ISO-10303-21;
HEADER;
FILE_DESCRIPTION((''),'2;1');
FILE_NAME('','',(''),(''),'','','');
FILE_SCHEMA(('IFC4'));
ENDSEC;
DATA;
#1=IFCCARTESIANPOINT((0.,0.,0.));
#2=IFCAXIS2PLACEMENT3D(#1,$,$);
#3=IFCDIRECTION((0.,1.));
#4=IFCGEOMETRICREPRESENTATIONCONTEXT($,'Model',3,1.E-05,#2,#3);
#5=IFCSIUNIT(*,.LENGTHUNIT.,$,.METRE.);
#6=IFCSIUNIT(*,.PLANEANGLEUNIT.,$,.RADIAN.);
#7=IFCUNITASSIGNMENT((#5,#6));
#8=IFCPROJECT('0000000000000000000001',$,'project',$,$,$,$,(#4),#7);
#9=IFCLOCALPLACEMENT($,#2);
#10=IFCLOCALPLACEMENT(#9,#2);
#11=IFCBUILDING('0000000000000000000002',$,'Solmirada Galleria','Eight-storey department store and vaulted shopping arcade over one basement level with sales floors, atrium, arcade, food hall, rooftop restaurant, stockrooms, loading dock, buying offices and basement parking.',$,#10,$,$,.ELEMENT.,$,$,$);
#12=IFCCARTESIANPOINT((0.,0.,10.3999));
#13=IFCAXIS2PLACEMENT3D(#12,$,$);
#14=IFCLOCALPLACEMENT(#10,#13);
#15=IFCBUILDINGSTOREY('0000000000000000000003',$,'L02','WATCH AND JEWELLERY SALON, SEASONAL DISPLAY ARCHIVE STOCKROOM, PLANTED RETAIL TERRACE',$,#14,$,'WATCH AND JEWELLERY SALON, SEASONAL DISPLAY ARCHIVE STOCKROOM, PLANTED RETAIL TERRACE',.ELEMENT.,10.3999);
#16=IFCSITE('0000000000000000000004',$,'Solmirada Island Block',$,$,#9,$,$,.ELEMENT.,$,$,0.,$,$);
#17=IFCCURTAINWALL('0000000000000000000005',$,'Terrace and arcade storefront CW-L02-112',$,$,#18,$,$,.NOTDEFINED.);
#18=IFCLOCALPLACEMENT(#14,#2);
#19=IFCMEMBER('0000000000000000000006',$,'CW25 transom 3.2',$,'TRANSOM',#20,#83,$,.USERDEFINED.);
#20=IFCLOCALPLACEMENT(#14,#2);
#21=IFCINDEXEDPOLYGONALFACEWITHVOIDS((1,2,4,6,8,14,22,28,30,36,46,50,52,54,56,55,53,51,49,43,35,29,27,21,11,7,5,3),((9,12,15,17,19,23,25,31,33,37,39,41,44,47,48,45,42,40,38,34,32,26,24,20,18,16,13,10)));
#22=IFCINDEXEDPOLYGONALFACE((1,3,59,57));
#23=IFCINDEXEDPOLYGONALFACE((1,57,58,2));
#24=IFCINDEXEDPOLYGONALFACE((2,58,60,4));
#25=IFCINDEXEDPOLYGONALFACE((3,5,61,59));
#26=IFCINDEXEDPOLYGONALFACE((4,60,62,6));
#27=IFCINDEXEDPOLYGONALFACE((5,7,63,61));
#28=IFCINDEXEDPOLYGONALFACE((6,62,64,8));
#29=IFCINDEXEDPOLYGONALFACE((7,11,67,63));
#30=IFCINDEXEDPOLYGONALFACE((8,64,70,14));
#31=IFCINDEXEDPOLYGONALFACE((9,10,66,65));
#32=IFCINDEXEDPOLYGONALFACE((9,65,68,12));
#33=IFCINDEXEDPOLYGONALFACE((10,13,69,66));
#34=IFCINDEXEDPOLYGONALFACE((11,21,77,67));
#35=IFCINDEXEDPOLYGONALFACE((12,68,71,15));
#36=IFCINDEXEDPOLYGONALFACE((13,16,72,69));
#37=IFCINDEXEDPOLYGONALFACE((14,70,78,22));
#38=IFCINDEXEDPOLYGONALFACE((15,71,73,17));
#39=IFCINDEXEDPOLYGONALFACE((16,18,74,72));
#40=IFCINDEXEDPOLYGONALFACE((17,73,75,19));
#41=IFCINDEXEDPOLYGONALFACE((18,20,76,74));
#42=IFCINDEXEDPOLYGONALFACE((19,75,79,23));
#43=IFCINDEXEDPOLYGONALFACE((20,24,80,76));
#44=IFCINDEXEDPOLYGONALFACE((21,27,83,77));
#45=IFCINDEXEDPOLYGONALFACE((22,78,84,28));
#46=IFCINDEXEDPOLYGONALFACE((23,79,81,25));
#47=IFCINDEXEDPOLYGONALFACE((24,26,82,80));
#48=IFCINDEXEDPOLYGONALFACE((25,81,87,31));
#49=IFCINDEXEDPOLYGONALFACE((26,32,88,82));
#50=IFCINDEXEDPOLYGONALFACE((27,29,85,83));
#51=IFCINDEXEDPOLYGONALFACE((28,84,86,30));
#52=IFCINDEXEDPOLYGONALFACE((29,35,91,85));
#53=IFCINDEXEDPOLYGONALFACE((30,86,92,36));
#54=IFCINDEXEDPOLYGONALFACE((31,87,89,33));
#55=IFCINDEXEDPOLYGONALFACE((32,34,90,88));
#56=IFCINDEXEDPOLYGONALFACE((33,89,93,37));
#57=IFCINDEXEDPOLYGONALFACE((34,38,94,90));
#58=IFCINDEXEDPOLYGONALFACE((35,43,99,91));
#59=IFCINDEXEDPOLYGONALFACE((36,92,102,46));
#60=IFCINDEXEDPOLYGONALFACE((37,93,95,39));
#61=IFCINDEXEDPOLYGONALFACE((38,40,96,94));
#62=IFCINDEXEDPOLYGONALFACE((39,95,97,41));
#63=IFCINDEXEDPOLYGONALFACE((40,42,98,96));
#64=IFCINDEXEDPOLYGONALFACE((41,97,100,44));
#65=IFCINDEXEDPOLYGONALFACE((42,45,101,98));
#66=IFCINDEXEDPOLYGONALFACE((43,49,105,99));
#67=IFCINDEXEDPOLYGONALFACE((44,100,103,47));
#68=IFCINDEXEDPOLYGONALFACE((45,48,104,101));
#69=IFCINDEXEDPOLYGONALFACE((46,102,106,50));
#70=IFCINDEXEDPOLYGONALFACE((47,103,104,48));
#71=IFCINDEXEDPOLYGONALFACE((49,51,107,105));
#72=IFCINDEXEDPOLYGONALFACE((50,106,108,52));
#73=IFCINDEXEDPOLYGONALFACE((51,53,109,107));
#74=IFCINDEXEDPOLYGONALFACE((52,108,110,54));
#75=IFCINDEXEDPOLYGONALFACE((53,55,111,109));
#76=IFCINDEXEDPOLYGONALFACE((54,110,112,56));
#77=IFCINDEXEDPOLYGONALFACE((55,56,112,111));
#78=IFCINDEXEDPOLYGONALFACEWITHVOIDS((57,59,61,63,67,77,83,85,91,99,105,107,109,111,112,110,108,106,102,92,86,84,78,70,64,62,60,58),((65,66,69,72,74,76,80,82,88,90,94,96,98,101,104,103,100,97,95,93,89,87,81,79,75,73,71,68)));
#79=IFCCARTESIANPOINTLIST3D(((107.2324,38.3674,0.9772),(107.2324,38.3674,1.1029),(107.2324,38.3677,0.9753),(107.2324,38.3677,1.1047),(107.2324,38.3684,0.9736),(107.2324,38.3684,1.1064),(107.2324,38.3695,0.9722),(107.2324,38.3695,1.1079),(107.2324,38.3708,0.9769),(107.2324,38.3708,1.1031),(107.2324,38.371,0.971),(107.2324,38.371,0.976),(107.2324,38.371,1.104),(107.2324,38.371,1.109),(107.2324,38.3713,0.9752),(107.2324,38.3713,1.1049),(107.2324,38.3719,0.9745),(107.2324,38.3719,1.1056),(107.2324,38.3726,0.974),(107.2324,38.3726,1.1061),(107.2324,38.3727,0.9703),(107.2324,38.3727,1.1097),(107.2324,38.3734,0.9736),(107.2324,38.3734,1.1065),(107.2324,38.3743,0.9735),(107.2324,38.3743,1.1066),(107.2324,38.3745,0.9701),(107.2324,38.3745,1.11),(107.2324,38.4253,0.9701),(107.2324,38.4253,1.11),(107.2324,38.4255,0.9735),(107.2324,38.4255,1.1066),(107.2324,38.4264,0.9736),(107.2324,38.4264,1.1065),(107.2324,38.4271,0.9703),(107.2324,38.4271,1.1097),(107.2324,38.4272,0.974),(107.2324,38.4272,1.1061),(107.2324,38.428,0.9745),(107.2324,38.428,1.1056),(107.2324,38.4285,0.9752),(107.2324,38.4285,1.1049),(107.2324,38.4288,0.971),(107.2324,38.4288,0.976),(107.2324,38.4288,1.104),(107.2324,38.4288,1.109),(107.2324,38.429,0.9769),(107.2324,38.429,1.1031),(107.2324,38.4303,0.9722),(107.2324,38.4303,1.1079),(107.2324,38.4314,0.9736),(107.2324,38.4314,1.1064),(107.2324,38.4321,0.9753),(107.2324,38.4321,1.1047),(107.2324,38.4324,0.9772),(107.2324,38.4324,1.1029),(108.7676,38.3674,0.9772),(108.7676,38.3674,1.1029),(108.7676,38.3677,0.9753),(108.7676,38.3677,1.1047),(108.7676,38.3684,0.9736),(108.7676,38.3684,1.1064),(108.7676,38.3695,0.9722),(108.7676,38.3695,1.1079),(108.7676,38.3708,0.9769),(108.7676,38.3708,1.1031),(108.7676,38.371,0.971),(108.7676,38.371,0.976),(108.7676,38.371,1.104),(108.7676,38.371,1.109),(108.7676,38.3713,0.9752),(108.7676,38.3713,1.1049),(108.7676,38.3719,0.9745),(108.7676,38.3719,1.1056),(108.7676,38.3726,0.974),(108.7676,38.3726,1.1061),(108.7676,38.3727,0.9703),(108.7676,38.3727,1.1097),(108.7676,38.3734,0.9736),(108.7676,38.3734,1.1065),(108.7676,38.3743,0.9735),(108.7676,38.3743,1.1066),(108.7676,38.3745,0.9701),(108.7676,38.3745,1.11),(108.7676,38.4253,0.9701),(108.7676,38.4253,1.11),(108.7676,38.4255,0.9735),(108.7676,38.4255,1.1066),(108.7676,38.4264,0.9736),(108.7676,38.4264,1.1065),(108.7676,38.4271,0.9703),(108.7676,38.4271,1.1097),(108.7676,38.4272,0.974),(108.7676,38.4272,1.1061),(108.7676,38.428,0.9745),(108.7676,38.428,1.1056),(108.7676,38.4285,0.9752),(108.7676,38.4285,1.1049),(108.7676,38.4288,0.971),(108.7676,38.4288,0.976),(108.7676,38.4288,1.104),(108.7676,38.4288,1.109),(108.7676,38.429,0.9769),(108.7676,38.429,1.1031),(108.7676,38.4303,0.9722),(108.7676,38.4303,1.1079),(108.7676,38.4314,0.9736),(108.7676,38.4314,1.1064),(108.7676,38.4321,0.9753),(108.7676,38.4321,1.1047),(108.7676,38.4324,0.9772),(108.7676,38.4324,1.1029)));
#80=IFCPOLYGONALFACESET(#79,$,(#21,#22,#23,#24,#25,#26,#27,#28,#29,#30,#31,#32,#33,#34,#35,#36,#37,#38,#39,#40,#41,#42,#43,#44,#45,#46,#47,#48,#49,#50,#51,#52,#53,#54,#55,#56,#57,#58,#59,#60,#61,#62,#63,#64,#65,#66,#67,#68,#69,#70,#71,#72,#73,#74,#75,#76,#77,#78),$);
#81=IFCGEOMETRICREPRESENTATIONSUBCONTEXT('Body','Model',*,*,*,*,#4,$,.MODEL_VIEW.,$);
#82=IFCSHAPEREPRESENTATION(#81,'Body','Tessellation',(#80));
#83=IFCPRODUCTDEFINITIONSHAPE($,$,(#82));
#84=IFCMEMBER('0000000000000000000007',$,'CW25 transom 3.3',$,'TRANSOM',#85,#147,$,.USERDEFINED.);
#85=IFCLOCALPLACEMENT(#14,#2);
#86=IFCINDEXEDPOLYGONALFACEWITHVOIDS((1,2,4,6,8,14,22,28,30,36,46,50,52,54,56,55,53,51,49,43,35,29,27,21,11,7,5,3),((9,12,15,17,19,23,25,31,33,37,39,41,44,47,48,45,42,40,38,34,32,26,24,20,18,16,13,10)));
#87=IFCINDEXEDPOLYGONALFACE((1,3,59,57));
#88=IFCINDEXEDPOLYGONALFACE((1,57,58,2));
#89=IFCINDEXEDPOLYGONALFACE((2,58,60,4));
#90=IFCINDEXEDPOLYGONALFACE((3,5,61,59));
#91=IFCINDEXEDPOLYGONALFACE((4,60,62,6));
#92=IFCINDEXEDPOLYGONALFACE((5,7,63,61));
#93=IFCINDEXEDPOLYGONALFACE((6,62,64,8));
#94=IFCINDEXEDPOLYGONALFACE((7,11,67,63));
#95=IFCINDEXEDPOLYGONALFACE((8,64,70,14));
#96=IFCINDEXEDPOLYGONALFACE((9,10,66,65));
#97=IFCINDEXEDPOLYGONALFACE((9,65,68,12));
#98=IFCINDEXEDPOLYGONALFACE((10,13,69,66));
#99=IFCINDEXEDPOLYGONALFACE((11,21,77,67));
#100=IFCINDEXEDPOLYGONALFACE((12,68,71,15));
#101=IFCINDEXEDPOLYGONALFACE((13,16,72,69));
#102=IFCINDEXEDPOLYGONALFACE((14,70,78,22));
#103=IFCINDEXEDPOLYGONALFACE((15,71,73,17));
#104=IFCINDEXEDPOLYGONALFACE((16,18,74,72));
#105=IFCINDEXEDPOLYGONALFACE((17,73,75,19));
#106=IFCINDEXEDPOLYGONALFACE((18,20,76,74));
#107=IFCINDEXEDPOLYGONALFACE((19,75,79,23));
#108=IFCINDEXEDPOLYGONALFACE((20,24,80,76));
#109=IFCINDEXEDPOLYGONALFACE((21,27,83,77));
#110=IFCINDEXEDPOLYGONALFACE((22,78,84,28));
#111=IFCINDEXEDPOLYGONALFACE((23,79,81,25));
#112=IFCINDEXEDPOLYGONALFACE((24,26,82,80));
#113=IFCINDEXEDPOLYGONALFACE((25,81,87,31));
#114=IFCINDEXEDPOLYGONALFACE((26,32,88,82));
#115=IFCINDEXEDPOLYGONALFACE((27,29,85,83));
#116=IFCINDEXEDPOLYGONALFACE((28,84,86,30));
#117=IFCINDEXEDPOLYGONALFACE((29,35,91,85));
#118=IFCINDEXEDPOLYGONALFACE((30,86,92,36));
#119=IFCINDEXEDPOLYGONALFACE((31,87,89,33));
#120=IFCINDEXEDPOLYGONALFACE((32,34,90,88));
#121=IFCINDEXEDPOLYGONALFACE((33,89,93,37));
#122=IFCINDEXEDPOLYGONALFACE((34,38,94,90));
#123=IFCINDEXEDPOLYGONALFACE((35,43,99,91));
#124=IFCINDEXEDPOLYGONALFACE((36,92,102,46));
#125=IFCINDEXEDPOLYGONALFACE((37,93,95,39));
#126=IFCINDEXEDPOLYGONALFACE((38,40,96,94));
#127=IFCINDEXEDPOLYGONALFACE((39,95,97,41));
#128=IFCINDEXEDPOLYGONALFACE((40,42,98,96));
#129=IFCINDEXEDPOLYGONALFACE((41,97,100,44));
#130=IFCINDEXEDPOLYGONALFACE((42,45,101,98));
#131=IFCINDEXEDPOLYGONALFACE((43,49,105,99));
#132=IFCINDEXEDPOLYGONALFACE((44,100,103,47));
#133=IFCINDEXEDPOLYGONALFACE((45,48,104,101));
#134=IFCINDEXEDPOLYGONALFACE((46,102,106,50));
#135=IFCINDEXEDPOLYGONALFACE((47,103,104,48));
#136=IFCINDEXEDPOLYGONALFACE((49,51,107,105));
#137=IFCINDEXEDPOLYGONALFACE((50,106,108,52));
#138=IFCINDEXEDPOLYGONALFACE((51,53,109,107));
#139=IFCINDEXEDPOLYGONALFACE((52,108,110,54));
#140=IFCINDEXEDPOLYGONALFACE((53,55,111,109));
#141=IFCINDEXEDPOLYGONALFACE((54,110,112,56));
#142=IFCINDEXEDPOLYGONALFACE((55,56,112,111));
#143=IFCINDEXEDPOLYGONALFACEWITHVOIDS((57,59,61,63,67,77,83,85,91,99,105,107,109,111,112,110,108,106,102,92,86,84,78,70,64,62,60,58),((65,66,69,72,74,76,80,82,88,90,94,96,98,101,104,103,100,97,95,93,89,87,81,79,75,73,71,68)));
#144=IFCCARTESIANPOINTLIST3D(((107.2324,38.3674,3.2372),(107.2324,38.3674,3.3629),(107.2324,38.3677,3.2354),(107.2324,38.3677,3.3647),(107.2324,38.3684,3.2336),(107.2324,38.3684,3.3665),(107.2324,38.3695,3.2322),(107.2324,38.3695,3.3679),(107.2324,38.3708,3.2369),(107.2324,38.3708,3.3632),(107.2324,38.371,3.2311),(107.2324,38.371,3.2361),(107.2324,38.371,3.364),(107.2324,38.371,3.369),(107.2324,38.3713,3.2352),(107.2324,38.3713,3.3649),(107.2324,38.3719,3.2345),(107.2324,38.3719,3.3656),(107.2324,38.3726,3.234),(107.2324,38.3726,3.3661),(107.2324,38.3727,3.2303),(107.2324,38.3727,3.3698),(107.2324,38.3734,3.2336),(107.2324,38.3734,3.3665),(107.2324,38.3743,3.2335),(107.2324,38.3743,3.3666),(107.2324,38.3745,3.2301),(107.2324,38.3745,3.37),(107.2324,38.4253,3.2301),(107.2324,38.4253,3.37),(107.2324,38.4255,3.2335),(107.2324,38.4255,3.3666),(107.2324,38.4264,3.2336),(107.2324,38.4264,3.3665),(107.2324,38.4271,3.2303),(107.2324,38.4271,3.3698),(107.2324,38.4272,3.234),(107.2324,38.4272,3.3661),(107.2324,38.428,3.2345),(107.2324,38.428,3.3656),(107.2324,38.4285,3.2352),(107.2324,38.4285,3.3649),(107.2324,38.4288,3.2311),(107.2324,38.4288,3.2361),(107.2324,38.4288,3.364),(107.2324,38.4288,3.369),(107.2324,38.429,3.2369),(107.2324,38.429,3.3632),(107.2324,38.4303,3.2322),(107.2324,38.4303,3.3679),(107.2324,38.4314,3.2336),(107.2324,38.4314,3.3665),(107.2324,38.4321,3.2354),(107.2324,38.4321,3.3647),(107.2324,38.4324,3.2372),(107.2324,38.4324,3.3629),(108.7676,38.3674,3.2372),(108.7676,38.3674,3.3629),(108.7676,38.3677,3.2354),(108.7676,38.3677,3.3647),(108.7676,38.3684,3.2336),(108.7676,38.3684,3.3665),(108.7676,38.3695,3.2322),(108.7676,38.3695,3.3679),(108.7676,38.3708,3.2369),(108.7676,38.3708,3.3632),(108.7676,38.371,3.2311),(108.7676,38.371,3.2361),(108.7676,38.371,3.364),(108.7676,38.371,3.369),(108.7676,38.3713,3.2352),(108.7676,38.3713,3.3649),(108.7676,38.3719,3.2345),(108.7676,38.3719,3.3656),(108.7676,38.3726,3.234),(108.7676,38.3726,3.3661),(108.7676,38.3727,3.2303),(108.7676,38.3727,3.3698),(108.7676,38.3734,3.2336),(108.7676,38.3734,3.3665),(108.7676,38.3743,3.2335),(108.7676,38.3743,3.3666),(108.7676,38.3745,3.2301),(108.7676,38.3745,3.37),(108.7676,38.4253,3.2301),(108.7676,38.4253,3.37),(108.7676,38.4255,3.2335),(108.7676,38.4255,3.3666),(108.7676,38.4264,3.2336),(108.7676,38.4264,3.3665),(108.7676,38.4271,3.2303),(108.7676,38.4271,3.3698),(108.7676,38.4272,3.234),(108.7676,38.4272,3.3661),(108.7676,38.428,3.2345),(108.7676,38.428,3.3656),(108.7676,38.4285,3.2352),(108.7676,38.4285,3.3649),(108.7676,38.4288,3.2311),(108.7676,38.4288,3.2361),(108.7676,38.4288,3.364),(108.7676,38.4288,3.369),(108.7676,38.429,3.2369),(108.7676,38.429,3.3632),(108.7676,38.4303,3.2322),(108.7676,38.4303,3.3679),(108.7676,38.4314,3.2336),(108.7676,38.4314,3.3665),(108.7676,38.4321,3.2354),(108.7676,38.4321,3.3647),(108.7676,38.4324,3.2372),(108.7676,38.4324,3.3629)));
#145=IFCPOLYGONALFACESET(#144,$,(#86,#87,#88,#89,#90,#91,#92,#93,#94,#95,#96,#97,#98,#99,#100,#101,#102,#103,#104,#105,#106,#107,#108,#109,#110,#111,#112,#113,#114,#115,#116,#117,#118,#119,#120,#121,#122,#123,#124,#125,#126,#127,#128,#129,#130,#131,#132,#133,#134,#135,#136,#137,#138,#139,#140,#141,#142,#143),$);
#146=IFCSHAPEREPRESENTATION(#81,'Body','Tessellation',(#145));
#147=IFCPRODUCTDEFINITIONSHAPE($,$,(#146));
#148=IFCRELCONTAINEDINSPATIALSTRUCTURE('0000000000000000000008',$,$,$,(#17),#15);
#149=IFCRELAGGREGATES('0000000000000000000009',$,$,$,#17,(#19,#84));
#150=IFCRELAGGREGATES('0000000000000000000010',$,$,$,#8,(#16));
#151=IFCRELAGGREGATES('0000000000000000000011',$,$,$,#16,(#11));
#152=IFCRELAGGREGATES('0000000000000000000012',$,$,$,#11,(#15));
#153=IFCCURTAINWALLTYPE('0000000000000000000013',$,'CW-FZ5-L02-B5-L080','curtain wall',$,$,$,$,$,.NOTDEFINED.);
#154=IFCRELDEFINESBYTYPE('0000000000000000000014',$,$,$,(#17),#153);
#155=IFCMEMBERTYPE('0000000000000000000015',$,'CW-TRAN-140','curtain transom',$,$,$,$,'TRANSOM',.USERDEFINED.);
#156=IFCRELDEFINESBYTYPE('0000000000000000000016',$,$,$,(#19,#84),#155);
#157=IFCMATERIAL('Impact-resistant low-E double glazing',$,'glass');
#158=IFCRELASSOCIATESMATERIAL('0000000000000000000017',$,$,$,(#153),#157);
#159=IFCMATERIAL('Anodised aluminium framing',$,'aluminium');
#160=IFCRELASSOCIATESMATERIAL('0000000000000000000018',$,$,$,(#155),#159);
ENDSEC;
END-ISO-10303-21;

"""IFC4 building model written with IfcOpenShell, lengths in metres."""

from ifc_helpers import new_model, si_unit, direction, frame, origin, origin_2d, place, context, subcontext, project, spatial, hollow_rectangle, extrude, material, material_profile, profile_set, type_object, element, aggregate, save


model = new_model("IFC4")

# Units and contexts
model_context = context("Model", 3, precision=1e-05, world=origin(), true_north=direction((0.0, 1.0)))
body_context = subcontext(model_context, "Body", "Model", "MODEL_VIEW")
ifc_project = project(units=[si_unit("LENGTHUNIT", "METRE"), si_unit("PLANEANGLEUNIT", "RADIAN")], contexts=[model_context])

# Site, building, storey
site_placement = place(None, origin())
site = spatial("IfcSite", under=ifc_project, at=site_placement, Name="Solmirada Island Block", CompositionType="ELEMENT", RefElevation=0.0)
building_placement = place(site_placement, origin())
building = spatial("IfcBuilding", under=site, at=building_placement, Name="Solmirada Galleria", Description="Eight-storey department store and vaulted shopping arcade over one basement level with sales floors, atrium, arcade, food hall, rooftop restaurant, stockrooms, loading dock, buying offices and basement parking.", CompositionType="ELEMENT")
storey_placement = place(building_placement, frame((0.0, 0.0, 10.3999)))
storey = spatial("IfcBuildingStorey", under=building, at=storey_placement, Name="L02", Description="WATCH AND JEWELLERY SALON, SEASONAL DISPLAY ARCHIVE STOCKROOM, PLANTED RETAIL TERRACE", LongName="WATCH AND JEWELLERY SALON, SEASONAL DISPLAY ARCHIVE STOCKROOM, PLANTED RETAIL TERRACE", CompositionType="ELEMENT", Elevation=10.3999)

# Curtain wall
ifc_material_1 = material(Name="Impact-resistant low-E double glazing", Category="glass")
curtain_wall_type = type_object("IfcCurtainWallType", Name="CW-FZ5-L02-B5-L080", Description="curtain wall", PredefinedType="NOTDEFINED", material=ifc_material_1)
curtain_wall_1_placement = place(storey_placement, origin())
curtain_wall_1 = element("IfcCurtainWall", 1, at=curtain_wall_1_placement, inside=storey, type_object=curtain_wall_type, Name="Terrace and arcade storefront CW-L02-112", PredefinedType="NOTDEFINED")
ifc_material_2 = material(Name="Anodised aluminium framing", Category="aluminium")

# Members
ifc_material_profile_1 = material_profile(ifc_material_2, hollow_rectangle(XDim=0.0649, YDim=0.1399, WallThickness=0.0034, InnerFilletRadius=0.0034, OuterFilletRadius=0.0071, at=origin_2d()), Name="ALU-TRAN-140X65")
ifc_profile_set_1 = profile_set([ifc_material_profile_1], Name="Anodised aluminium framing")
member_type_1 = type_object("IfcMemberType", Name="CW-TRAN-140", Description="curtain transom", ElementType="TRANSOM", PredefinedType="USERDEFINED", material=ifc_profile_set_1)
member_1_placement = place(storey_placement, frame((107.2324, 38.3999, 1.04), z_axis=(1.0, 0.0, 0.0), x_axis=(0.0, 1.0, 0.0)))
member_1 = element("IfcMember", 2, at=member_1_placement, type_object=member_type_1, Name="CW25 transom 3.2", ObjectType="TRANSOM", PredefinedType="USERDEFINED", context=body_context, shape_type="SweptSolid", body=[
    extrude(hollow_rectangle(XDim=0.0649, YDim=0.1399, WallThickness=0.0034, InnerFilletRadius=0.0034, OuterFilletRadius=0.0071, at=origin_2d()), origin(), (0.0, 0.0, 1.0), 1.5352),
])
member_2_placement = place(storey_placement, frame((107.2324, 38.3999, 3.3), z_axis=(1.0, 0.0, 0.0), x_axis=(0.0, 1.0, 0.0)))
member_2 = element("IfcMember", 3, at=member_2_placement, type_object=member_type_1, Name="CW25 transom 3.3", ObjectType="TRANSOM", PredefinedType="USERDEFINED", context=body_context, shape_type="SweptSolid", body=[
    extrude(hollow_rectangle(XDim=0.0649, YDim=0.1399, WallThickness=0.0034, InnerFilletRadius=0.0034, OuterFilletRadius=0.0071, at=origin_2d()), origin(), (0.0, 0.0, 1.0), 1.5352),
])

aggregate(curtain_wall_1, [member_1, member_2])

save(model, "model.ifc")
